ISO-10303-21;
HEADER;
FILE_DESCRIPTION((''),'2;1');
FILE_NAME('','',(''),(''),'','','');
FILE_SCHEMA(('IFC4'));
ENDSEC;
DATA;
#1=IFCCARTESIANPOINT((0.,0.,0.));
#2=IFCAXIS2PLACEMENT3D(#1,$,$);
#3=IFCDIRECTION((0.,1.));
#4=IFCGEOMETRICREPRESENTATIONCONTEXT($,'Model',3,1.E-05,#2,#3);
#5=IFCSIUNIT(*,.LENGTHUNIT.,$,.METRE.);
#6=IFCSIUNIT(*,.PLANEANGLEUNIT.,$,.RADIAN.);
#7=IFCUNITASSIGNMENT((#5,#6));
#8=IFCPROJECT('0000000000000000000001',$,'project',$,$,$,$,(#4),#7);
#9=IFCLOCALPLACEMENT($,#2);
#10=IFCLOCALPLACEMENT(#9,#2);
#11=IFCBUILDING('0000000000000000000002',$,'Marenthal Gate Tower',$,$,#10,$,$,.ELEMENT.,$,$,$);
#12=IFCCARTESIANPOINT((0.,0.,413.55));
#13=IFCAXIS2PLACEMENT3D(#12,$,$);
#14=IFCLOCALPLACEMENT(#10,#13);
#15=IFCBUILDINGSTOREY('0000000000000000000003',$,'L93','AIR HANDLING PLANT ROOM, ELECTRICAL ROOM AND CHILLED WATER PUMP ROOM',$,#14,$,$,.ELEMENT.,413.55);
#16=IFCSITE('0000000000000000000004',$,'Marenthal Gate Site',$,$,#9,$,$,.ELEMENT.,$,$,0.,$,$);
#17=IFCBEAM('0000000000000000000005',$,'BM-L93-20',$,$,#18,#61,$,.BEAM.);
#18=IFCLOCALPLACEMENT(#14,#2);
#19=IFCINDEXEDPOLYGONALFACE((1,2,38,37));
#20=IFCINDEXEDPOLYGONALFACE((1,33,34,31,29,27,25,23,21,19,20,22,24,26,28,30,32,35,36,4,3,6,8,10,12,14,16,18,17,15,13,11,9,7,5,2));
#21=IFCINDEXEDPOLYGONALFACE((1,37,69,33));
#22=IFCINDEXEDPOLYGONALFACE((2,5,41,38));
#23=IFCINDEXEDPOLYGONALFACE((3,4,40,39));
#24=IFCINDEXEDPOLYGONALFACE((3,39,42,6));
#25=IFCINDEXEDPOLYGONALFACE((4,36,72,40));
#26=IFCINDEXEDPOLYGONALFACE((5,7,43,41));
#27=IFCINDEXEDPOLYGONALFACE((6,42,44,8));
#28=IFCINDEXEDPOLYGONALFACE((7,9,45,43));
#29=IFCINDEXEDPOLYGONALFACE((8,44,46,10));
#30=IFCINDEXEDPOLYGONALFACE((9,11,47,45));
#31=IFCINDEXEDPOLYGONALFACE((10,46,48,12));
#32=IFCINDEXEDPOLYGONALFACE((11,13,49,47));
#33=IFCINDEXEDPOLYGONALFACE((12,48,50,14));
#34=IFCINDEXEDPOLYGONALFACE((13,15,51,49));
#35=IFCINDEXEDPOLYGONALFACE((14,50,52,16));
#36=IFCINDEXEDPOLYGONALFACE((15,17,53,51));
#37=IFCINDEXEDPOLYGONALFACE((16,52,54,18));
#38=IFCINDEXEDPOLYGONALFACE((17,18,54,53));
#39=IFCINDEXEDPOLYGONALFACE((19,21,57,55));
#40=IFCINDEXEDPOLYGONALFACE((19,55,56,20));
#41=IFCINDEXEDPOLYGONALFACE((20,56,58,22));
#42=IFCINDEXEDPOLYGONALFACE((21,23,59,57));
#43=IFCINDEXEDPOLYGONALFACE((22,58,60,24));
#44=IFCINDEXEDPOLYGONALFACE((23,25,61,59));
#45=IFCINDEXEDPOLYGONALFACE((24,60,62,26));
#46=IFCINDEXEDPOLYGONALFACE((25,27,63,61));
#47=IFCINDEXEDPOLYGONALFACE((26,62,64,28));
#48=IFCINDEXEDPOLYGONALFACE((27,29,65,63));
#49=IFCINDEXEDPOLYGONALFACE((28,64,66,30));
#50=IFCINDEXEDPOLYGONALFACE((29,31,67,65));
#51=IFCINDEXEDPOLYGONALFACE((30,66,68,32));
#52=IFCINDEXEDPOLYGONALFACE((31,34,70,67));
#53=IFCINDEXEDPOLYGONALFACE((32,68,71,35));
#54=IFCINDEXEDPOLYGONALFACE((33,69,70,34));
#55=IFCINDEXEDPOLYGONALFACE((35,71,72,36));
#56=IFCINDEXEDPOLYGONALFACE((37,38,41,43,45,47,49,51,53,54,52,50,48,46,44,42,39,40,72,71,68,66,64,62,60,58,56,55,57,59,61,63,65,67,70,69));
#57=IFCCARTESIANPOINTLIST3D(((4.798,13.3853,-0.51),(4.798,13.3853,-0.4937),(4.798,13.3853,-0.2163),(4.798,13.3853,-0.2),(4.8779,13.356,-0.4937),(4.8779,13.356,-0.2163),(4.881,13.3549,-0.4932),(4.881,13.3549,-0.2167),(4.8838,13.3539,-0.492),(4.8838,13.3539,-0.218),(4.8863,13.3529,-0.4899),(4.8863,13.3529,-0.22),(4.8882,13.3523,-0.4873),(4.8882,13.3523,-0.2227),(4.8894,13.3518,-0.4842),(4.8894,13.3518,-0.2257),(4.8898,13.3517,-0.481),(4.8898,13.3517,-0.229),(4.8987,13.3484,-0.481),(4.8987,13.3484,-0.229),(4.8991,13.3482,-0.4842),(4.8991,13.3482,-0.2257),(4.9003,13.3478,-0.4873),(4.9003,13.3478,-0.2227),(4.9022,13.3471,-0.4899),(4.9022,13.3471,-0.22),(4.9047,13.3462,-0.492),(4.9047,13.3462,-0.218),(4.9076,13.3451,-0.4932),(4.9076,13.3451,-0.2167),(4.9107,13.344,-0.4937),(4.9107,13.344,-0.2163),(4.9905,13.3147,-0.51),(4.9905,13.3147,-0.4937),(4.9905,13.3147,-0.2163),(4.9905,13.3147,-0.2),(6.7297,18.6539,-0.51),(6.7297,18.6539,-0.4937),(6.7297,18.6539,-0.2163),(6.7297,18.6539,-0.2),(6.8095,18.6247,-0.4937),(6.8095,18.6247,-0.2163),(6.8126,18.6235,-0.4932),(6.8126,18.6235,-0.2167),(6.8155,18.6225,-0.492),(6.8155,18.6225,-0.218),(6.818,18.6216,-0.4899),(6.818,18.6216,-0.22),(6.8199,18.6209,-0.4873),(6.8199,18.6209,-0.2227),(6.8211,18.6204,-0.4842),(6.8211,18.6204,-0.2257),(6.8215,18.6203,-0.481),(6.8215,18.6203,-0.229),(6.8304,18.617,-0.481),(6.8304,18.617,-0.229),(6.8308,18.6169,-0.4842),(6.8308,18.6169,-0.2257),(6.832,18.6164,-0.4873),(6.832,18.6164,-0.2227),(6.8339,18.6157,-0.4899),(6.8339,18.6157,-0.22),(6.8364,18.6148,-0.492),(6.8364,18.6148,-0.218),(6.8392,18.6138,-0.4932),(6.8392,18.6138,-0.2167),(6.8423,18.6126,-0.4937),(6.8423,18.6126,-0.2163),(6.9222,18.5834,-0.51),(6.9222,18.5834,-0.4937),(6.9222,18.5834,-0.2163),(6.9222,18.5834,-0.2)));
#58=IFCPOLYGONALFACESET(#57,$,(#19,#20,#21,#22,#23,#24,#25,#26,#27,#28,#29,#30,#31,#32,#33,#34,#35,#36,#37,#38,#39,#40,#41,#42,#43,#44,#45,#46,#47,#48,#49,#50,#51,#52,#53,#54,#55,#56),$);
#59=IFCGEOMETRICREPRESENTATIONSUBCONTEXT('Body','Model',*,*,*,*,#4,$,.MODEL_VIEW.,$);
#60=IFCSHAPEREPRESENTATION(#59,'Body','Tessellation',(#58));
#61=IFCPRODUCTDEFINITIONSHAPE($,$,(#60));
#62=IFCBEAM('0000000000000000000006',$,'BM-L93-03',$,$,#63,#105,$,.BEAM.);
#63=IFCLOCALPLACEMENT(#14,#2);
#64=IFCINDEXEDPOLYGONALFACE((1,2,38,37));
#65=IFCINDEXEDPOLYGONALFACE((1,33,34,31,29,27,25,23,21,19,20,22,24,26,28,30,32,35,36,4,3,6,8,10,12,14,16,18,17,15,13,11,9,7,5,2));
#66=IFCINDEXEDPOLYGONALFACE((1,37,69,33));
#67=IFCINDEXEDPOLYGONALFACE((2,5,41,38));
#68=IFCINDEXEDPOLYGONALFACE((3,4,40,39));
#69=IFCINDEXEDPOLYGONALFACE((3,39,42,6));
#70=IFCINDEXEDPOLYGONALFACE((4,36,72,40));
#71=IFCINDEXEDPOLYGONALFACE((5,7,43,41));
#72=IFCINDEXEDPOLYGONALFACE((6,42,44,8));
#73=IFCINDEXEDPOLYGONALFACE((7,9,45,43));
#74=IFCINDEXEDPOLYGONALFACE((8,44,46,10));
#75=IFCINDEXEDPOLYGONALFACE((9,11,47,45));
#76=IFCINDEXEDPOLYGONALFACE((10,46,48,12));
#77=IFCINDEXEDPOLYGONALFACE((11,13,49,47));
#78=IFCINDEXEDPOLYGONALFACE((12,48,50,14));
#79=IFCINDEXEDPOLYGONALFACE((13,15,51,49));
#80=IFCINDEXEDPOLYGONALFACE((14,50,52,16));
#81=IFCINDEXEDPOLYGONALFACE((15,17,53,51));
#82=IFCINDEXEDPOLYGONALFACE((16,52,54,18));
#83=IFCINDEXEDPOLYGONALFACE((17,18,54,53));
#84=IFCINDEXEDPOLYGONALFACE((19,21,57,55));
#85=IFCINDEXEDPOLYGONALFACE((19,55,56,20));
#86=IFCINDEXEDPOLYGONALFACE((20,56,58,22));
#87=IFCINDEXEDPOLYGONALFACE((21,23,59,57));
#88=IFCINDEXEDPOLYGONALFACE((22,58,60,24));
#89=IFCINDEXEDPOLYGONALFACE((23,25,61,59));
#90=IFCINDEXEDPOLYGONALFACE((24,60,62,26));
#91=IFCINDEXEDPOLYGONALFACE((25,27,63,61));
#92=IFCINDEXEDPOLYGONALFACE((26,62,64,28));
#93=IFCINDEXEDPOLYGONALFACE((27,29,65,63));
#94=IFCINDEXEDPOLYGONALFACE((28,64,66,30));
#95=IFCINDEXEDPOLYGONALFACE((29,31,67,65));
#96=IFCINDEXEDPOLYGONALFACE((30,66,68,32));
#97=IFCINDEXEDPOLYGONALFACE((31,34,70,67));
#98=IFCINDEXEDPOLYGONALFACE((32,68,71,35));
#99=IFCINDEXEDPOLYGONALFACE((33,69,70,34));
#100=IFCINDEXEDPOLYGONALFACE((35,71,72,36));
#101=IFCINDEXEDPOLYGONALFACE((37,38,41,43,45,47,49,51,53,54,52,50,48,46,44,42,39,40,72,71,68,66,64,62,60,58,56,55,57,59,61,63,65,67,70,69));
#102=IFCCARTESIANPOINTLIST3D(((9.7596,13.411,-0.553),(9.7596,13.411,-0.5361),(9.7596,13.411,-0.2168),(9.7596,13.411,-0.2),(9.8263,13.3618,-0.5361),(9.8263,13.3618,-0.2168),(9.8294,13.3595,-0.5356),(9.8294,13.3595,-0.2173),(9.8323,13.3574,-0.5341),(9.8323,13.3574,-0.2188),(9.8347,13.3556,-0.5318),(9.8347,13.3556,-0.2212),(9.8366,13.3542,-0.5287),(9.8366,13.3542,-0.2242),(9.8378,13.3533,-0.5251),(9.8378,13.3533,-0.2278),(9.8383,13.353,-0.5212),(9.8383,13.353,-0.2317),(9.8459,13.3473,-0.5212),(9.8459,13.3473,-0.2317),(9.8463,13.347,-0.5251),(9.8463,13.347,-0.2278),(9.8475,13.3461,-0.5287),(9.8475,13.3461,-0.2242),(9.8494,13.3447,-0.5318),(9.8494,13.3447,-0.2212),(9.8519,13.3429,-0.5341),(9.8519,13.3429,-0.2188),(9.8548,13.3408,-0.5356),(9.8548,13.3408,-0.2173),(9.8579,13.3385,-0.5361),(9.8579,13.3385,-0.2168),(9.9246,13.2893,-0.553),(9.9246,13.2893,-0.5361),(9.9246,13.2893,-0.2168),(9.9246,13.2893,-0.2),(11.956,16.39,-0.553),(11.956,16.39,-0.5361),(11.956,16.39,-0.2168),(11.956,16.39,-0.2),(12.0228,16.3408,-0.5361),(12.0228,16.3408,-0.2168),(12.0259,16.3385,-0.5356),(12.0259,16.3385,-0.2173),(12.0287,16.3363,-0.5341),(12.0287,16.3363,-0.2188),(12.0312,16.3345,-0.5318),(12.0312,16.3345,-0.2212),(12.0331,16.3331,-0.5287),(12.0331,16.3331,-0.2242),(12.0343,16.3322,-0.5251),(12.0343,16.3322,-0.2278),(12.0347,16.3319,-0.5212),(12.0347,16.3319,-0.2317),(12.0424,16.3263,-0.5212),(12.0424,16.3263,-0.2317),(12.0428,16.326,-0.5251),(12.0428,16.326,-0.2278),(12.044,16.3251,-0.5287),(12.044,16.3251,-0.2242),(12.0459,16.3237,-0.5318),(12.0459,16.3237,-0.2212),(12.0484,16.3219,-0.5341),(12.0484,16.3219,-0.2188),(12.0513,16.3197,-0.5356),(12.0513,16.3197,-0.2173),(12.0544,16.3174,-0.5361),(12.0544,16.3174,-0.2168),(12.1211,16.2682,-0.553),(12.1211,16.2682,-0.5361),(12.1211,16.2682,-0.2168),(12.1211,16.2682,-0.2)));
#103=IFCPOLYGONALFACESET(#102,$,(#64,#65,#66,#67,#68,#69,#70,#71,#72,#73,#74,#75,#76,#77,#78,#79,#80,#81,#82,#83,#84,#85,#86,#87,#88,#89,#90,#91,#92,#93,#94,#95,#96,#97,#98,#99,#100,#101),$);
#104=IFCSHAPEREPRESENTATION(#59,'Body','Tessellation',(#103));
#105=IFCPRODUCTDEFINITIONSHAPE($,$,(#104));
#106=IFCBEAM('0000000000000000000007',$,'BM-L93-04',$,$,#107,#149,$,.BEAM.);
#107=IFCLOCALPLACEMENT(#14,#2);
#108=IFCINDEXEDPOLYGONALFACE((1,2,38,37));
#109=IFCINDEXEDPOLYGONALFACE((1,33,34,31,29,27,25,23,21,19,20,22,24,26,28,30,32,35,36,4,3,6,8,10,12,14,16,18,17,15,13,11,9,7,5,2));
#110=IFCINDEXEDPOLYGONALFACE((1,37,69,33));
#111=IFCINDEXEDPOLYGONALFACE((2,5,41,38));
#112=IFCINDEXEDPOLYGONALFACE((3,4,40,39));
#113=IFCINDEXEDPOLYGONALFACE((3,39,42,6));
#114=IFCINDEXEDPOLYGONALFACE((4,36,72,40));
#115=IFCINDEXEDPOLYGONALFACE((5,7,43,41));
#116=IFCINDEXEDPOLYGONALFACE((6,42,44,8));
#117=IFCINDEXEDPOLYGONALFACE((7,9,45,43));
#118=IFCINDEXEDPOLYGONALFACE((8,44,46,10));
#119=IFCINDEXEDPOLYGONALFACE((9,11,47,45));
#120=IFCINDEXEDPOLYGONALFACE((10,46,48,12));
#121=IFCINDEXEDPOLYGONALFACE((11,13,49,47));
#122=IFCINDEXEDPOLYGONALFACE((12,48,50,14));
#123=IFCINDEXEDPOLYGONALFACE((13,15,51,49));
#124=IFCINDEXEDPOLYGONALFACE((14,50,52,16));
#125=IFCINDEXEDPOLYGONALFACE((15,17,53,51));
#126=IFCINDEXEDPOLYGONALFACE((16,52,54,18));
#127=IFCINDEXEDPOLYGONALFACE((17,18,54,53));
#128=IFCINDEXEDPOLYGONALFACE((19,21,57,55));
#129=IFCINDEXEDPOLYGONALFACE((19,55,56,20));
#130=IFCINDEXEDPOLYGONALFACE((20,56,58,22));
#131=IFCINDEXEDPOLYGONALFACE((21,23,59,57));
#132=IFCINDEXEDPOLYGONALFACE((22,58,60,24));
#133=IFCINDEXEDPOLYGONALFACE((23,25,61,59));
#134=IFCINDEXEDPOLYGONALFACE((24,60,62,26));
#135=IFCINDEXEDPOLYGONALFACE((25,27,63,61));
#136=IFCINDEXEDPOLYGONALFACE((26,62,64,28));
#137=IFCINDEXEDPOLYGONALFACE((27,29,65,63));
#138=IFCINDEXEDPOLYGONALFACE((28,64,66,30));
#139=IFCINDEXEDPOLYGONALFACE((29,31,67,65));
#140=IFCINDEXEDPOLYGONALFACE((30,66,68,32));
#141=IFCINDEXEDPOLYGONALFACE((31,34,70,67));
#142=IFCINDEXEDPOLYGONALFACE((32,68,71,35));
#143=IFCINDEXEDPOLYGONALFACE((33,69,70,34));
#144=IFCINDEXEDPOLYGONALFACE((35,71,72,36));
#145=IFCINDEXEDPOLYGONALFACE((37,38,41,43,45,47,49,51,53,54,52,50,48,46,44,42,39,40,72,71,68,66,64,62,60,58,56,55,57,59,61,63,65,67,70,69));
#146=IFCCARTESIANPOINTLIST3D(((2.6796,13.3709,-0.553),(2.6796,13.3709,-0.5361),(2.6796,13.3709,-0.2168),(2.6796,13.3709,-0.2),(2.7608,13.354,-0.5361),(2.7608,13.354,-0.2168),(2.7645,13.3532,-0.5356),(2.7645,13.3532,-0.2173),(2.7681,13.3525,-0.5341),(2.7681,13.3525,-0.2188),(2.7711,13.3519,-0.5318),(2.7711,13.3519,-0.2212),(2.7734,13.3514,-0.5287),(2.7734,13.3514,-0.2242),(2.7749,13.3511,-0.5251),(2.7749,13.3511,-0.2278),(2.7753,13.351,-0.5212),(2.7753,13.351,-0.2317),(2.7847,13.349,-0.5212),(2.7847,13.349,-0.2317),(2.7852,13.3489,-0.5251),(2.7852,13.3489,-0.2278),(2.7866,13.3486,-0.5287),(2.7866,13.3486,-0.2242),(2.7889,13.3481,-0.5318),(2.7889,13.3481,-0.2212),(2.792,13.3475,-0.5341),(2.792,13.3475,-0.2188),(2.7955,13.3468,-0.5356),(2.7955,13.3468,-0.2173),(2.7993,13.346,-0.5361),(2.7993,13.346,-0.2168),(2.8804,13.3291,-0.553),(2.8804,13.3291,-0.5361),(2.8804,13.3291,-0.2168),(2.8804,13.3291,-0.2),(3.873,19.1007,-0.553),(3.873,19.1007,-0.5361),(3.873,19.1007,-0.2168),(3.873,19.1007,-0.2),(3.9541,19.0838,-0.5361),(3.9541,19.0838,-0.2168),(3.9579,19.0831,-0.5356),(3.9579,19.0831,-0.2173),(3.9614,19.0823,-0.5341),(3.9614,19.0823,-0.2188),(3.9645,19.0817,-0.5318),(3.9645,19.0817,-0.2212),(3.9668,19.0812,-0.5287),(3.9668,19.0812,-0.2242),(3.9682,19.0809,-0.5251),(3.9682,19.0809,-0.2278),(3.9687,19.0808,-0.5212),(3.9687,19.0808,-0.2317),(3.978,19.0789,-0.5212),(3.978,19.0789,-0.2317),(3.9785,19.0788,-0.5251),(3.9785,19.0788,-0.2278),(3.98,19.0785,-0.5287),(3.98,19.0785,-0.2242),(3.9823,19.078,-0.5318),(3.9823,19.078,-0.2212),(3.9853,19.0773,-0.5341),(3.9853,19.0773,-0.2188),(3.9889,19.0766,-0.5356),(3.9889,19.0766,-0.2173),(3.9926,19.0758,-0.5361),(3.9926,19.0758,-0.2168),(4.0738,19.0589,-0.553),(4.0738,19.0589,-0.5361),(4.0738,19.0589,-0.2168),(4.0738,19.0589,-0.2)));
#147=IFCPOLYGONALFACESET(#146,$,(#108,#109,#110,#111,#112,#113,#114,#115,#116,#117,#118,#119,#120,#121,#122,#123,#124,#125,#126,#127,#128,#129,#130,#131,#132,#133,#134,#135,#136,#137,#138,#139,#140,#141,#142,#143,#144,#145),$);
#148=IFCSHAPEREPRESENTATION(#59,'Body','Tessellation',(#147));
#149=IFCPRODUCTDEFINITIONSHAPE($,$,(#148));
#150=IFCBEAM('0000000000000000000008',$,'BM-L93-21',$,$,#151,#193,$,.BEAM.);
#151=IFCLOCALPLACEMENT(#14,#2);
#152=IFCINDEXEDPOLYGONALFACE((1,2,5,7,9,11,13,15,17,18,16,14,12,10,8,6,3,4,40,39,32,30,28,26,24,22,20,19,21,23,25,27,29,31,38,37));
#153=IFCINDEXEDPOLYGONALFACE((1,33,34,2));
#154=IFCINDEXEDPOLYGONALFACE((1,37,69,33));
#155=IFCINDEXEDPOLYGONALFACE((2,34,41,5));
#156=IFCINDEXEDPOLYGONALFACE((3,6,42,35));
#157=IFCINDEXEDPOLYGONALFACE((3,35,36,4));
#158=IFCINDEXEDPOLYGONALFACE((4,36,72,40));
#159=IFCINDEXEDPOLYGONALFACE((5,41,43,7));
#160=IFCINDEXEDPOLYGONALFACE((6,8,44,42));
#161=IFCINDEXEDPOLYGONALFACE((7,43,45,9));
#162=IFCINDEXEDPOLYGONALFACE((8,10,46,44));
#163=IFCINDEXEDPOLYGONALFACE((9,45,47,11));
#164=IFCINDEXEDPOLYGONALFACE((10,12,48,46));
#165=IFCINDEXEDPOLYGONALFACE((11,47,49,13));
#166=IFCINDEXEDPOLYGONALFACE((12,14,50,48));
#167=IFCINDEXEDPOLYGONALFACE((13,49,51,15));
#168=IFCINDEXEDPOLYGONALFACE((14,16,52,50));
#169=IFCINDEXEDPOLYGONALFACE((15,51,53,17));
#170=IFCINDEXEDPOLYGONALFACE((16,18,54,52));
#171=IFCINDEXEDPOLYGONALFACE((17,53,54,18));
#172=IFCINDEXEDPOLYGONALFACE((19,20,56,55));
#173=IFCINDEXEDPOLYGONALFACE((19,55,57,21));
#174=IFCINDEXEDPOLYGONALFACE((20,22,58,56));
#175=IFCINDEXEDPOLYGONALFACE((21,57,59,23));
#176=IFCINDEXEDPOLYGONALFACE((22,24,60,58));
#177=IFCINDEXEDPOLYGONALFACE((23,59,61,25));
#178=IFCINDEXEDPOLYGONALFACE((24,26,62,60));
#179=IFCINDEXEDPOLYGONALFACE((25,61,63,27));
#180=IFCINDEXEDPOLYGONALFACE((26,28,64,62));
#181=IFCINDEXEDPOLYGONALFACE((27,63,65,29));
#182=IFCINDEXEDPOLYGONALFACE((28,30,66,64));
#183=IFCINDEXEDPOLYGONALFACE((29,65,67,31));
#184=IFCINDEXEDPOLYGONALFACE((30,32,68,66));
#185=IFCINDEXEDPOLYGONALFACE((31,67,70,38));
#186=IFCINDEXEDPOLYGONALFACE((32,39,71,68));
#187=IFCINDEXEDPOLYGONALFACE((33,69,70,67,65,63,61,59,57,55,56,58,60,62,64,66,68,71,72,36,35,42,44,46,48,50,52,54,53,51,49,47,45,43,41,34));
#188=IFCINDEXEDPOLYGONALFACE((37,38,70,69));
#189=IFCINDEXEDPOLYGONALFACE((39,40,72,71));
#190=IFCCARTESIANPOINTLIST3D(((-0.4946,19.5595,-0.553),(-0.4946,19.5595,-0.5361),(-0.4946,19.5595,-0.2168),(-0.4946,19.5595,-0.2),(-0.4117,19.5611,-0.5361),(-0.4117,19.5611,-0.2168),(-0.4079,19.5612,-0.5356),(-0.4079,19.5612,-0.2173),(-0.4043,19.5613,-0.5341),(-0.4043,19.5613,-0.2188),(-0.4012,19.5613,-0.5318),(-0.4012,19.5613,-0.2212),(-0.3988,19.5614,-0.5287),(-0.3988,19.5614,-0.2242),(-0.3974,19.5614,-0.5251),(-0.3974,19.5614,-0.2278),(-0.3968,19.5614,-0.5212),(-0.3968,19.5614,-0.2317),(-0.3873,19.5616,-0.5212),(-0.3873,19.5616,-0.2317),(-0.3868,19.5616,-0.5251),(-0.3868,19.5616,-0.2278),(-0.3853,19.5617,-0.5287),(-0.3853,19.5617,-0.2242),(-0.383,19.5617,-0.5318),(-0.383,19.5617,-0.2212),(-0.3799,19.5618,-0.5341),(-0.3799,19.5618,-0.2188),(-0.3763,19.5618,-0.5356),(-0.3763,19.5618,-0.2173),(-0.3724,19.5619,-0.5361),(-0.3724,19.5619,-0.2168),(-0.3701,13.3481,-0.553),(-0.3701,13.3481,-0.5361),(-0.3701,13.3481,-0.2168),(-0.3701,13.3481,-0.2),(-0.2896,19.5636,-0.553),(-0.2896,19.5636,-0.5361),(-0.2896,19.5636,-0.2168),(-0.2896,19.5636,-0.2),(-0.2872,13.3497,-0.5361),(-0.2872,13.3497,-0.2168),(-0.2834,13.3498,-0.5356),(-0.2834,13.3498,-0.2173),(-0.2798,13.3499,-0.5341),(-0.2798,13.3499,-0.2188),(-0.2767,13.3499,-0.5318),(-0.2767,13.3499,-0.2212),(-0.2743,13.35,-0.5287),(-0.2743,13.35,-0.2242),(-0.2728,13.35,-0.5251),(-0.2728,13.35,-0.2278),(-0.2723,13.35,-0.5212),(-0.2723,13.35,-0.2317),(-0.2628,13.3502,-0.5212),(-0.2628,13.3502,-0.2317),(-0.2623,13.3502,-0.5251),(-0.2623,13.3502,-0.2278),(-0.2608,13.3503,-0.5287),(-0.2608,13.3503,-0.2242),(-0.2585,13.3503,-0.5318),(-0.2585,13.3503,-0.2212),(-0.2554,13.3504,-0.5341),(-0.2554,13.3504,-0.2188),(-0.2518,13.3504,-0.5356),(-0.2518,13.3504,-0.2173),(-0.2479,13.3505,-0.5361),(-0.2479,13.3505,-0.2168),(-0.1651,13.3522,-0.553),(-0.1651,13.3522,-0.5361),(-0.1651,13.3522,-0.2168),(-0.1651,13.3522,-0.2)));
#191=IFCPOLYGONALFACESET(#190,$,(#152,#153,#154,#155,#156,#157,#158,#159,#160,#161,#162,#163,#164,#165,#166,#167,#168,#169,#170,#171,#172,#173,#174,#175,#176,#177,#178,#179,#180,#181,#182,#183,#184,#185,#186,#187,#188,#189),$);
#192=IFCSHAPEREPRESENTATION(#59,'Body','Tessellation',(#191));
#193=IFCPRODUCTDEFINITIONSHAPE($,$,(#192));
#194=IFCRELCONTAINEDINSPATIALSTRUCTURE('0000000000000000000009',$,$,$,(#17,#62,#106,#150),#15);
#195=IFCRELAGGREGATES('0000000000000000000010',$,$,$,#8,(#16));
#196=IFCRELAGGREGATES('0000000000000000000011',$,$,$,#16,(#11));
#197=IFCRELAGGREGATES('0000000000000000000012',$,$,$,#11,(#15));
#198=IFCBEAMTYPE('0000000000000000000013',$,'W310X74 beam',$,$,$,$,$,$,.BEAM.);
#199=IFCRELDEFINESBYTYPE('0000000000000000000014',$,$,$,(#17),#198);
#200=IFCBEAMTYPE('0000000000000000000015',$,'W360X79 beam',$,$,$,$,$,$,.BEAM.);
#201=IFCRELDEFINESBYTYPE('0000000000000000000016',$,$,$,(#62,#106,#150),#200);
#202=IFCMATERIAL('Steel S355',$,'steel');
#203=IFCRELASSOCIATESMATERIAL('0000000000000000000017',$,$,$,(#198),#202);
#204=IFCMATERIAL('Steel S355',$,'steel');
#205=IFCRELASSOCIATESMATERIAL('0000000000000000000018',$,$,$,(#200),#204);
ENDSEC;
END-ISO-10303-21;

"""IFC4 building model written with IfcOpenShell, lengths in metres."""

from ifc_helpers import new_model, si_unit, direction, frame, origin, origin_2d, place, context, subcontext, project, spatial, i_section, extrude, material, material_profile, profile_set, type_object, element, save


model = new_model("IFC4")

# Units and contexts
model_context = context("Model", 3, precision=1e-05, world=origin(), true_north=direction((0.0, 1.0)))
body_context = subcontext(model_context, "Body", "Model", "MODEL_VIEW")
ifc_project = project(units=[si_unit("LENGTHUNIT", "METRE"), si_unit("PLANEANGLEUNIT", "RADIAN")], contexts=[model_context])

# Site, building, storey
site_placement = place(None, origin())
site = spatial("IfcSite", under=ifc_project, at=site_placement, Name="Marenthal Gate Site", CompositionType="ELEMENT", RefElevation=0.0)
building_placement = place(site_placement, origin())
building = spatial("IfcBuilding", under=site, at=building_placement, Name="Marenthal Gate Tower", CompositionType="ELEMENT")
storey_placement = place(building_placement, frame((0.0, 0.0, 413.55)))
storey = spatial("IfcBuildingStorey", under=building, at=storey_placement, Name="L93", Description="AIR HANDLING PLANT ROOM, ELECTRICAL ROOM AND CHILLED WATER PUMP ROOM", CompositionType="ELEMENT", Elevation=413.55)

# Beams
ifc_material_1 = material(Name="Steel S355", Category="steel")
ifc_material_profile_1 = material_profile(ifc_material_1, i_section(OverallWidth=0.2051, OverallDepth=0.3101, WebThickness=0.0095, FlangeThickness=0.0164, FilletRadius=0.0127, at=origin_2d()), Name="W310X74")
ifc_profile_set_1 = profile_set([ifc_material_profile_1], Name="Steel S355")
beam_type_1 = type_object("IfcBeamType", Name="W310X74 beam", PredefinedType="BEAM", material=ifc_profile_set_1)
beam_1_placement = place(storey_placement, frame((6.8259, 18.6187, -0.355), z_axis=(-0.344229, -0.938886, 0.0), x_axis=(0.938886, -0.344229, 0.0)))
element("IfcBeam", 1, at=beam_1_placement, inside=storey, type_object=beam_type_1, Name="BM-L93-20", PredefinedType="BEAM", context=body_context, shape_type="SweptSolid", body=[
    extrude(i_section(OverallWidth=0.2051, OverallDepth=0.3101, WebThickness=0.0095, FlangeThickness=0.0164, FilletRadius=0.0127, at=origin_2d()), origin(), (0.0, 0.0, 1.0), 5.6116),
])
ifc_material_2 = material(Name="Steel S355", Category="steel")
ifc_material_profile_2 = material_profile(ifc_material_2, i_section(OverallWidth=0.2051, OverallDepth=0.353, WebThickness=0.0095, FlangeThickness=0.0168, FilletRadius=0.0149, at=origin_2d()), Name="W360X79")
ifc_profile_set_2 = profile_set([ifc_material_profile_2], Name="Steel S355")
beam_type_2 = type_object("IfcBeamType", Name="W360X79 beam", PredefinedType="BEAM", material=ifc_profile_set_2)
beam_2_placement = place(storey_placement, frame((12.0386, 16.3291, -0.3765), z_axis=(-0.593458, -0.804865, 0.0), x_axis=(0.804865, -0.593458, 0.0)))
element("IfcBeam", 2, at=beam_2_placement, inside=storey, type_object=beam_type_2, Name="BM-L93-03", PredefinedType="BEAM", context=body_context, shape_type="SweptSolid", body=[
    extrude(i_section(OverallWidth=0.2051, OverallDepth=0.353, WebThickness=0.0095, FlangeThickness=0.0168, FilletRadius=0.0149, at=origin_2d()), origin(), (0.0, 0.0, 1.0), 3.7012),
])
beam_3_placement = place(storey_placement, frame((3.9734, 19.0798, -0.3765), z_axis=(-0.203899, -0.978992, 0.0), x_axis=(0.978992, -0.203899, 0.0)))
element("IfcBeam", 3, at=beam_3_placement, inside=storey, type_object=beam_type_2, Name="BM-L93-04", PredefinedType="BEAM", context=body_context, shape_type="SweptSolid", body=[
    extrude(i_section(OverallWidth=0.2051, OverallDepth=0.353, WebThickness=0.0095, FlangeThickness=0.0168, FilletRadius=0.0149, at=origin_2d()), origin(), (0.0, 0.0, 1.0), 5.8528),
])
beam_4_placement = place(storey_placement, frame((-0.3921, 19.5615, -0.3765), z_axis=(0.020042, -0.999799, 0.0), x_axis=(0.999799, 0.020042, 0.0)))
element("IfcBeam", 4, at=beam_4_placement, inside=storey, type_object=beam_type_2, Name="BM-L93-21", PredefinedType="BEAM", context=body_context, shape_type="SweptSolid", body=[
    extrude(i_section(OverallWidth=0.2051, OverallDepth=0.353, WebThickness=0.0095, FlangeThickness=0.0168, FilletRadius=0.0149, at=origin_2d()), origin(), (0.0, 0.0, 1.0), 6.2126),
])

save(model, "model.ifc")
